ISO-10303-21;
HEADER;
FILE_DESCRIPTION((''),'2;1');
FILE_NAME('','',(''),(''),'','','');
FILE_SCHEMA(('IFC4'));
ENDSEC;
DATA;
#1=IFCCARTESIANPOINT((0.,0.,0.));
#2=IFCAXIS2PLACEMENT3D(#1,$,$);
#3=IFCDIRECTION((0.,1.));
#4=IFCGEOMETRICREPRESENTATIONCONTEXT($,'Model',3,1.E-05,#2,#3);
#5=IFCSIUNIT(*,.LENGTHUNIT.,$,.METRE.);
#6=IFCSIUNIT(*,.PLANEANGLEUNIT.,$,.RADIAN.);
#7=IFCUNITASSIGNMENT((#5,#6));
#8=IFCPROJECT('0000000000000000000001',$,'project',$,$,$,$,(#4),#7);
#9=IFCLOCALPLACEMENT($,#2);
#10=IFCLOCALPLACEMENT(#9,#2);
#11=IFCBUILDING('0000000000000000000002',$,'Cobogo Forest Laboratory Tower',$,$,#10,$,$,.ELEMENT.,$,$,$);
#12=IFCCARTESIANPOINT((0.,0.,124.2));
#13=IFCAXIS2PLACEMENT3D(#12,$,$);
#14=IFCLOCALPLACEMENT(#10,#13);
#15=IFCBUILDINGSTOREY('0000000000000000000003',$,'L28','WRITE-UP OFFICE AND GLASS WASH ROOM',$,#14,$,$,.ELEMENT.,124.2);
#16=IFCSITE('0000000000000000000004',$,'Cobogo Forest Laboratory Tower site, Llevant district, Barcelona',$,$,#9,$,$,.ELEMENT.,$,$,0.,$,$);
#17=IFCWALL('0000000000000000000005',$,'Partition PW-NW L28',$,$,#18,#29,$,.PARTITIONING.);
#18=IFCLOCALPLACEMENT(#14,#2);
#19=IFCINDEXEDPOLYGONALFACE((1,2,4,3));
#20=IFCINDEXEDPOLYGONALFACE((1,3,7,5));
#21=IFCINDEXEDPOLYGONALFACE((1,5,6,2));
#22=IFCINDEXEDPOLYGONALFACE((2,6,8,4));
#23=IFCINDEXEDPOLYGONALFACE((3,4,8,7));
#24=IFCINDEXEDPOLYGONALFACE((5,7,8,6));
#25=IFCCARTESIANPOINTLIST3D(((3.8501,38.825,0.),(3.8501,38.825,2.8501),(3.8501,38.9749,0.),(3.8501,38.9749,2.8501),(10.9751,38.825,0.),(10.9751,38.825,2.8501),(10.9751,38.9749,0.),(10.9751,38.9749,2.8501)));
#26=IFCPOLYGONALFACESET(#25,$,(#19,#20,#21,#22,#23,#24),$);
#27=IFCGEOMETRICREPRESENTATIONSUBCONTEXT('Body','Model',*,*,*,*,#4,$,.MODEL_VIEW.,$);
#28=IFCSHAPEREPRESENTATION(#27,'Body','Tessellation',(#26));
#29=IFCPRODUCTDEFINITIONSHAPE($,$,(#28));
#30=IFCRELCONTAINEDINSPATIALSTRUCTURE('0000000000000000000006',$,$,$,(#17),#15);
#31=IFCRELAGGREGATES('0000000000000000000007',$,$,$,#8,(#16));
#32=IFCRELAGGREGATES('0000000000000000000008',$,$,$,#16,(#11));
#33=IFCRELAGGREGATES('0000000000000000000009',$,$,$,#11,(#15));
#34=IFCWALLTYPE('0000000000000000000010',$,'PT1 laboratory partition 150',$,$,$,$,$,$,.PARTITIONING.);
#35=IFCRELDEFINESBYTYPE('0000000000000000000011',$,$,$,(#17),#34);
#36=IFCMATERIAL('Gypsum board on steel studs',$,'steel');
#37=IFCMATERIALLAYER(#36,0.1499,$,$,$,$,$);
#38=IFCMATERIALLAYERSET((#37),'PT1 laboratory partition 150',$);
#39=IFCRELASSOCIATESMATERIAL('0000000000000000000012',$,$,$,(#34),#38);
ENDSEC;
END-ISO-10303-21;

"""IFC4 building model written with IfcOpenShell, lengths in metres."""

from ifc_helpers import new_model, si_unit, direction, frame, frame_2d, origin, place, context, subcontext, project, spatial, rectangle, extrude, material, layer, layer_set, type_object, element, save


model = new_model("IFC4")

# Units and contexts
model_context = context("Model", 3, precision=1e-05, world=origin(), true_north=direction((0.0, 1.0)))
body_context = subcontext(model_context, "Body", "Model", "MODEL_VIEW")
ifc_project = project(units=[si_unit("LENGTHUNIT", "METRE"), si_unit("PLANEANGLEUNIT", "RADIAN")], contexts=[model_context])

# Site, building, storey
site_placement = place(None, origin())
site = spatial("IfcSite", under=ifc_project, at=site_placement, Name="Cobogo Forest Laboratory Tower site, Llevant district, Barcelona", CompositionType="ELEMENT", RefElevation=0.0)
building_placement = place(site_placement, origin())
building = spatial("IfcBuilding", under=site, at=building_placement, Name="Cobogo Forest Laboratory Tower", CompositionType="ELEMENT")
storey_placement = place(building_placement, frame((0.0, 0.0, 124.2)))
storey = spatial("IfcBuildingStorey", under=building, at=storey_placement, Name="L28", Description="WRITE-UP OFFICE AND GLASS WASH ROOM", CompositionType="ELEMENT", Elevation=124.2)

# Wall
ifc_material_1 = material(Name="Gypsum board on steel studs", Category="steel")
ifc_layer_1 = layer(ifc_material_1, 0.1499)
ifc_layer_set_1 = layer_set([ifc_layer_1], Name="PT1 laboratory partition 150")
wall_type = type_object("IfcWallType", Name="PT1 laboratory partition 150", PredefinedType="PARTITIONING", material=ifc_layer_set_1)
wall_placement = place(storey_placement, frame((3.8501, 38.8999, 0.0), z_axis=(0.0, 0.0, 1.0), x_axis=(1.0, 0.0, 0.0)))
element("IfcWall", 1, at=wall_placement, inside=storey, type_object=wall_type, Name="Partition PW-NW L28", PredefinedType="PARTITIONING", context=body_context, shape_type="SweptSolid", body=[
    extrude(rectangle(XDim=7.125, YDim=0.1499, at=frame_2d((3.5625, 0.0))), origin(), (0.0, 0.0, 1.0), 2.8501),
])

save(model, "model.ifc")
